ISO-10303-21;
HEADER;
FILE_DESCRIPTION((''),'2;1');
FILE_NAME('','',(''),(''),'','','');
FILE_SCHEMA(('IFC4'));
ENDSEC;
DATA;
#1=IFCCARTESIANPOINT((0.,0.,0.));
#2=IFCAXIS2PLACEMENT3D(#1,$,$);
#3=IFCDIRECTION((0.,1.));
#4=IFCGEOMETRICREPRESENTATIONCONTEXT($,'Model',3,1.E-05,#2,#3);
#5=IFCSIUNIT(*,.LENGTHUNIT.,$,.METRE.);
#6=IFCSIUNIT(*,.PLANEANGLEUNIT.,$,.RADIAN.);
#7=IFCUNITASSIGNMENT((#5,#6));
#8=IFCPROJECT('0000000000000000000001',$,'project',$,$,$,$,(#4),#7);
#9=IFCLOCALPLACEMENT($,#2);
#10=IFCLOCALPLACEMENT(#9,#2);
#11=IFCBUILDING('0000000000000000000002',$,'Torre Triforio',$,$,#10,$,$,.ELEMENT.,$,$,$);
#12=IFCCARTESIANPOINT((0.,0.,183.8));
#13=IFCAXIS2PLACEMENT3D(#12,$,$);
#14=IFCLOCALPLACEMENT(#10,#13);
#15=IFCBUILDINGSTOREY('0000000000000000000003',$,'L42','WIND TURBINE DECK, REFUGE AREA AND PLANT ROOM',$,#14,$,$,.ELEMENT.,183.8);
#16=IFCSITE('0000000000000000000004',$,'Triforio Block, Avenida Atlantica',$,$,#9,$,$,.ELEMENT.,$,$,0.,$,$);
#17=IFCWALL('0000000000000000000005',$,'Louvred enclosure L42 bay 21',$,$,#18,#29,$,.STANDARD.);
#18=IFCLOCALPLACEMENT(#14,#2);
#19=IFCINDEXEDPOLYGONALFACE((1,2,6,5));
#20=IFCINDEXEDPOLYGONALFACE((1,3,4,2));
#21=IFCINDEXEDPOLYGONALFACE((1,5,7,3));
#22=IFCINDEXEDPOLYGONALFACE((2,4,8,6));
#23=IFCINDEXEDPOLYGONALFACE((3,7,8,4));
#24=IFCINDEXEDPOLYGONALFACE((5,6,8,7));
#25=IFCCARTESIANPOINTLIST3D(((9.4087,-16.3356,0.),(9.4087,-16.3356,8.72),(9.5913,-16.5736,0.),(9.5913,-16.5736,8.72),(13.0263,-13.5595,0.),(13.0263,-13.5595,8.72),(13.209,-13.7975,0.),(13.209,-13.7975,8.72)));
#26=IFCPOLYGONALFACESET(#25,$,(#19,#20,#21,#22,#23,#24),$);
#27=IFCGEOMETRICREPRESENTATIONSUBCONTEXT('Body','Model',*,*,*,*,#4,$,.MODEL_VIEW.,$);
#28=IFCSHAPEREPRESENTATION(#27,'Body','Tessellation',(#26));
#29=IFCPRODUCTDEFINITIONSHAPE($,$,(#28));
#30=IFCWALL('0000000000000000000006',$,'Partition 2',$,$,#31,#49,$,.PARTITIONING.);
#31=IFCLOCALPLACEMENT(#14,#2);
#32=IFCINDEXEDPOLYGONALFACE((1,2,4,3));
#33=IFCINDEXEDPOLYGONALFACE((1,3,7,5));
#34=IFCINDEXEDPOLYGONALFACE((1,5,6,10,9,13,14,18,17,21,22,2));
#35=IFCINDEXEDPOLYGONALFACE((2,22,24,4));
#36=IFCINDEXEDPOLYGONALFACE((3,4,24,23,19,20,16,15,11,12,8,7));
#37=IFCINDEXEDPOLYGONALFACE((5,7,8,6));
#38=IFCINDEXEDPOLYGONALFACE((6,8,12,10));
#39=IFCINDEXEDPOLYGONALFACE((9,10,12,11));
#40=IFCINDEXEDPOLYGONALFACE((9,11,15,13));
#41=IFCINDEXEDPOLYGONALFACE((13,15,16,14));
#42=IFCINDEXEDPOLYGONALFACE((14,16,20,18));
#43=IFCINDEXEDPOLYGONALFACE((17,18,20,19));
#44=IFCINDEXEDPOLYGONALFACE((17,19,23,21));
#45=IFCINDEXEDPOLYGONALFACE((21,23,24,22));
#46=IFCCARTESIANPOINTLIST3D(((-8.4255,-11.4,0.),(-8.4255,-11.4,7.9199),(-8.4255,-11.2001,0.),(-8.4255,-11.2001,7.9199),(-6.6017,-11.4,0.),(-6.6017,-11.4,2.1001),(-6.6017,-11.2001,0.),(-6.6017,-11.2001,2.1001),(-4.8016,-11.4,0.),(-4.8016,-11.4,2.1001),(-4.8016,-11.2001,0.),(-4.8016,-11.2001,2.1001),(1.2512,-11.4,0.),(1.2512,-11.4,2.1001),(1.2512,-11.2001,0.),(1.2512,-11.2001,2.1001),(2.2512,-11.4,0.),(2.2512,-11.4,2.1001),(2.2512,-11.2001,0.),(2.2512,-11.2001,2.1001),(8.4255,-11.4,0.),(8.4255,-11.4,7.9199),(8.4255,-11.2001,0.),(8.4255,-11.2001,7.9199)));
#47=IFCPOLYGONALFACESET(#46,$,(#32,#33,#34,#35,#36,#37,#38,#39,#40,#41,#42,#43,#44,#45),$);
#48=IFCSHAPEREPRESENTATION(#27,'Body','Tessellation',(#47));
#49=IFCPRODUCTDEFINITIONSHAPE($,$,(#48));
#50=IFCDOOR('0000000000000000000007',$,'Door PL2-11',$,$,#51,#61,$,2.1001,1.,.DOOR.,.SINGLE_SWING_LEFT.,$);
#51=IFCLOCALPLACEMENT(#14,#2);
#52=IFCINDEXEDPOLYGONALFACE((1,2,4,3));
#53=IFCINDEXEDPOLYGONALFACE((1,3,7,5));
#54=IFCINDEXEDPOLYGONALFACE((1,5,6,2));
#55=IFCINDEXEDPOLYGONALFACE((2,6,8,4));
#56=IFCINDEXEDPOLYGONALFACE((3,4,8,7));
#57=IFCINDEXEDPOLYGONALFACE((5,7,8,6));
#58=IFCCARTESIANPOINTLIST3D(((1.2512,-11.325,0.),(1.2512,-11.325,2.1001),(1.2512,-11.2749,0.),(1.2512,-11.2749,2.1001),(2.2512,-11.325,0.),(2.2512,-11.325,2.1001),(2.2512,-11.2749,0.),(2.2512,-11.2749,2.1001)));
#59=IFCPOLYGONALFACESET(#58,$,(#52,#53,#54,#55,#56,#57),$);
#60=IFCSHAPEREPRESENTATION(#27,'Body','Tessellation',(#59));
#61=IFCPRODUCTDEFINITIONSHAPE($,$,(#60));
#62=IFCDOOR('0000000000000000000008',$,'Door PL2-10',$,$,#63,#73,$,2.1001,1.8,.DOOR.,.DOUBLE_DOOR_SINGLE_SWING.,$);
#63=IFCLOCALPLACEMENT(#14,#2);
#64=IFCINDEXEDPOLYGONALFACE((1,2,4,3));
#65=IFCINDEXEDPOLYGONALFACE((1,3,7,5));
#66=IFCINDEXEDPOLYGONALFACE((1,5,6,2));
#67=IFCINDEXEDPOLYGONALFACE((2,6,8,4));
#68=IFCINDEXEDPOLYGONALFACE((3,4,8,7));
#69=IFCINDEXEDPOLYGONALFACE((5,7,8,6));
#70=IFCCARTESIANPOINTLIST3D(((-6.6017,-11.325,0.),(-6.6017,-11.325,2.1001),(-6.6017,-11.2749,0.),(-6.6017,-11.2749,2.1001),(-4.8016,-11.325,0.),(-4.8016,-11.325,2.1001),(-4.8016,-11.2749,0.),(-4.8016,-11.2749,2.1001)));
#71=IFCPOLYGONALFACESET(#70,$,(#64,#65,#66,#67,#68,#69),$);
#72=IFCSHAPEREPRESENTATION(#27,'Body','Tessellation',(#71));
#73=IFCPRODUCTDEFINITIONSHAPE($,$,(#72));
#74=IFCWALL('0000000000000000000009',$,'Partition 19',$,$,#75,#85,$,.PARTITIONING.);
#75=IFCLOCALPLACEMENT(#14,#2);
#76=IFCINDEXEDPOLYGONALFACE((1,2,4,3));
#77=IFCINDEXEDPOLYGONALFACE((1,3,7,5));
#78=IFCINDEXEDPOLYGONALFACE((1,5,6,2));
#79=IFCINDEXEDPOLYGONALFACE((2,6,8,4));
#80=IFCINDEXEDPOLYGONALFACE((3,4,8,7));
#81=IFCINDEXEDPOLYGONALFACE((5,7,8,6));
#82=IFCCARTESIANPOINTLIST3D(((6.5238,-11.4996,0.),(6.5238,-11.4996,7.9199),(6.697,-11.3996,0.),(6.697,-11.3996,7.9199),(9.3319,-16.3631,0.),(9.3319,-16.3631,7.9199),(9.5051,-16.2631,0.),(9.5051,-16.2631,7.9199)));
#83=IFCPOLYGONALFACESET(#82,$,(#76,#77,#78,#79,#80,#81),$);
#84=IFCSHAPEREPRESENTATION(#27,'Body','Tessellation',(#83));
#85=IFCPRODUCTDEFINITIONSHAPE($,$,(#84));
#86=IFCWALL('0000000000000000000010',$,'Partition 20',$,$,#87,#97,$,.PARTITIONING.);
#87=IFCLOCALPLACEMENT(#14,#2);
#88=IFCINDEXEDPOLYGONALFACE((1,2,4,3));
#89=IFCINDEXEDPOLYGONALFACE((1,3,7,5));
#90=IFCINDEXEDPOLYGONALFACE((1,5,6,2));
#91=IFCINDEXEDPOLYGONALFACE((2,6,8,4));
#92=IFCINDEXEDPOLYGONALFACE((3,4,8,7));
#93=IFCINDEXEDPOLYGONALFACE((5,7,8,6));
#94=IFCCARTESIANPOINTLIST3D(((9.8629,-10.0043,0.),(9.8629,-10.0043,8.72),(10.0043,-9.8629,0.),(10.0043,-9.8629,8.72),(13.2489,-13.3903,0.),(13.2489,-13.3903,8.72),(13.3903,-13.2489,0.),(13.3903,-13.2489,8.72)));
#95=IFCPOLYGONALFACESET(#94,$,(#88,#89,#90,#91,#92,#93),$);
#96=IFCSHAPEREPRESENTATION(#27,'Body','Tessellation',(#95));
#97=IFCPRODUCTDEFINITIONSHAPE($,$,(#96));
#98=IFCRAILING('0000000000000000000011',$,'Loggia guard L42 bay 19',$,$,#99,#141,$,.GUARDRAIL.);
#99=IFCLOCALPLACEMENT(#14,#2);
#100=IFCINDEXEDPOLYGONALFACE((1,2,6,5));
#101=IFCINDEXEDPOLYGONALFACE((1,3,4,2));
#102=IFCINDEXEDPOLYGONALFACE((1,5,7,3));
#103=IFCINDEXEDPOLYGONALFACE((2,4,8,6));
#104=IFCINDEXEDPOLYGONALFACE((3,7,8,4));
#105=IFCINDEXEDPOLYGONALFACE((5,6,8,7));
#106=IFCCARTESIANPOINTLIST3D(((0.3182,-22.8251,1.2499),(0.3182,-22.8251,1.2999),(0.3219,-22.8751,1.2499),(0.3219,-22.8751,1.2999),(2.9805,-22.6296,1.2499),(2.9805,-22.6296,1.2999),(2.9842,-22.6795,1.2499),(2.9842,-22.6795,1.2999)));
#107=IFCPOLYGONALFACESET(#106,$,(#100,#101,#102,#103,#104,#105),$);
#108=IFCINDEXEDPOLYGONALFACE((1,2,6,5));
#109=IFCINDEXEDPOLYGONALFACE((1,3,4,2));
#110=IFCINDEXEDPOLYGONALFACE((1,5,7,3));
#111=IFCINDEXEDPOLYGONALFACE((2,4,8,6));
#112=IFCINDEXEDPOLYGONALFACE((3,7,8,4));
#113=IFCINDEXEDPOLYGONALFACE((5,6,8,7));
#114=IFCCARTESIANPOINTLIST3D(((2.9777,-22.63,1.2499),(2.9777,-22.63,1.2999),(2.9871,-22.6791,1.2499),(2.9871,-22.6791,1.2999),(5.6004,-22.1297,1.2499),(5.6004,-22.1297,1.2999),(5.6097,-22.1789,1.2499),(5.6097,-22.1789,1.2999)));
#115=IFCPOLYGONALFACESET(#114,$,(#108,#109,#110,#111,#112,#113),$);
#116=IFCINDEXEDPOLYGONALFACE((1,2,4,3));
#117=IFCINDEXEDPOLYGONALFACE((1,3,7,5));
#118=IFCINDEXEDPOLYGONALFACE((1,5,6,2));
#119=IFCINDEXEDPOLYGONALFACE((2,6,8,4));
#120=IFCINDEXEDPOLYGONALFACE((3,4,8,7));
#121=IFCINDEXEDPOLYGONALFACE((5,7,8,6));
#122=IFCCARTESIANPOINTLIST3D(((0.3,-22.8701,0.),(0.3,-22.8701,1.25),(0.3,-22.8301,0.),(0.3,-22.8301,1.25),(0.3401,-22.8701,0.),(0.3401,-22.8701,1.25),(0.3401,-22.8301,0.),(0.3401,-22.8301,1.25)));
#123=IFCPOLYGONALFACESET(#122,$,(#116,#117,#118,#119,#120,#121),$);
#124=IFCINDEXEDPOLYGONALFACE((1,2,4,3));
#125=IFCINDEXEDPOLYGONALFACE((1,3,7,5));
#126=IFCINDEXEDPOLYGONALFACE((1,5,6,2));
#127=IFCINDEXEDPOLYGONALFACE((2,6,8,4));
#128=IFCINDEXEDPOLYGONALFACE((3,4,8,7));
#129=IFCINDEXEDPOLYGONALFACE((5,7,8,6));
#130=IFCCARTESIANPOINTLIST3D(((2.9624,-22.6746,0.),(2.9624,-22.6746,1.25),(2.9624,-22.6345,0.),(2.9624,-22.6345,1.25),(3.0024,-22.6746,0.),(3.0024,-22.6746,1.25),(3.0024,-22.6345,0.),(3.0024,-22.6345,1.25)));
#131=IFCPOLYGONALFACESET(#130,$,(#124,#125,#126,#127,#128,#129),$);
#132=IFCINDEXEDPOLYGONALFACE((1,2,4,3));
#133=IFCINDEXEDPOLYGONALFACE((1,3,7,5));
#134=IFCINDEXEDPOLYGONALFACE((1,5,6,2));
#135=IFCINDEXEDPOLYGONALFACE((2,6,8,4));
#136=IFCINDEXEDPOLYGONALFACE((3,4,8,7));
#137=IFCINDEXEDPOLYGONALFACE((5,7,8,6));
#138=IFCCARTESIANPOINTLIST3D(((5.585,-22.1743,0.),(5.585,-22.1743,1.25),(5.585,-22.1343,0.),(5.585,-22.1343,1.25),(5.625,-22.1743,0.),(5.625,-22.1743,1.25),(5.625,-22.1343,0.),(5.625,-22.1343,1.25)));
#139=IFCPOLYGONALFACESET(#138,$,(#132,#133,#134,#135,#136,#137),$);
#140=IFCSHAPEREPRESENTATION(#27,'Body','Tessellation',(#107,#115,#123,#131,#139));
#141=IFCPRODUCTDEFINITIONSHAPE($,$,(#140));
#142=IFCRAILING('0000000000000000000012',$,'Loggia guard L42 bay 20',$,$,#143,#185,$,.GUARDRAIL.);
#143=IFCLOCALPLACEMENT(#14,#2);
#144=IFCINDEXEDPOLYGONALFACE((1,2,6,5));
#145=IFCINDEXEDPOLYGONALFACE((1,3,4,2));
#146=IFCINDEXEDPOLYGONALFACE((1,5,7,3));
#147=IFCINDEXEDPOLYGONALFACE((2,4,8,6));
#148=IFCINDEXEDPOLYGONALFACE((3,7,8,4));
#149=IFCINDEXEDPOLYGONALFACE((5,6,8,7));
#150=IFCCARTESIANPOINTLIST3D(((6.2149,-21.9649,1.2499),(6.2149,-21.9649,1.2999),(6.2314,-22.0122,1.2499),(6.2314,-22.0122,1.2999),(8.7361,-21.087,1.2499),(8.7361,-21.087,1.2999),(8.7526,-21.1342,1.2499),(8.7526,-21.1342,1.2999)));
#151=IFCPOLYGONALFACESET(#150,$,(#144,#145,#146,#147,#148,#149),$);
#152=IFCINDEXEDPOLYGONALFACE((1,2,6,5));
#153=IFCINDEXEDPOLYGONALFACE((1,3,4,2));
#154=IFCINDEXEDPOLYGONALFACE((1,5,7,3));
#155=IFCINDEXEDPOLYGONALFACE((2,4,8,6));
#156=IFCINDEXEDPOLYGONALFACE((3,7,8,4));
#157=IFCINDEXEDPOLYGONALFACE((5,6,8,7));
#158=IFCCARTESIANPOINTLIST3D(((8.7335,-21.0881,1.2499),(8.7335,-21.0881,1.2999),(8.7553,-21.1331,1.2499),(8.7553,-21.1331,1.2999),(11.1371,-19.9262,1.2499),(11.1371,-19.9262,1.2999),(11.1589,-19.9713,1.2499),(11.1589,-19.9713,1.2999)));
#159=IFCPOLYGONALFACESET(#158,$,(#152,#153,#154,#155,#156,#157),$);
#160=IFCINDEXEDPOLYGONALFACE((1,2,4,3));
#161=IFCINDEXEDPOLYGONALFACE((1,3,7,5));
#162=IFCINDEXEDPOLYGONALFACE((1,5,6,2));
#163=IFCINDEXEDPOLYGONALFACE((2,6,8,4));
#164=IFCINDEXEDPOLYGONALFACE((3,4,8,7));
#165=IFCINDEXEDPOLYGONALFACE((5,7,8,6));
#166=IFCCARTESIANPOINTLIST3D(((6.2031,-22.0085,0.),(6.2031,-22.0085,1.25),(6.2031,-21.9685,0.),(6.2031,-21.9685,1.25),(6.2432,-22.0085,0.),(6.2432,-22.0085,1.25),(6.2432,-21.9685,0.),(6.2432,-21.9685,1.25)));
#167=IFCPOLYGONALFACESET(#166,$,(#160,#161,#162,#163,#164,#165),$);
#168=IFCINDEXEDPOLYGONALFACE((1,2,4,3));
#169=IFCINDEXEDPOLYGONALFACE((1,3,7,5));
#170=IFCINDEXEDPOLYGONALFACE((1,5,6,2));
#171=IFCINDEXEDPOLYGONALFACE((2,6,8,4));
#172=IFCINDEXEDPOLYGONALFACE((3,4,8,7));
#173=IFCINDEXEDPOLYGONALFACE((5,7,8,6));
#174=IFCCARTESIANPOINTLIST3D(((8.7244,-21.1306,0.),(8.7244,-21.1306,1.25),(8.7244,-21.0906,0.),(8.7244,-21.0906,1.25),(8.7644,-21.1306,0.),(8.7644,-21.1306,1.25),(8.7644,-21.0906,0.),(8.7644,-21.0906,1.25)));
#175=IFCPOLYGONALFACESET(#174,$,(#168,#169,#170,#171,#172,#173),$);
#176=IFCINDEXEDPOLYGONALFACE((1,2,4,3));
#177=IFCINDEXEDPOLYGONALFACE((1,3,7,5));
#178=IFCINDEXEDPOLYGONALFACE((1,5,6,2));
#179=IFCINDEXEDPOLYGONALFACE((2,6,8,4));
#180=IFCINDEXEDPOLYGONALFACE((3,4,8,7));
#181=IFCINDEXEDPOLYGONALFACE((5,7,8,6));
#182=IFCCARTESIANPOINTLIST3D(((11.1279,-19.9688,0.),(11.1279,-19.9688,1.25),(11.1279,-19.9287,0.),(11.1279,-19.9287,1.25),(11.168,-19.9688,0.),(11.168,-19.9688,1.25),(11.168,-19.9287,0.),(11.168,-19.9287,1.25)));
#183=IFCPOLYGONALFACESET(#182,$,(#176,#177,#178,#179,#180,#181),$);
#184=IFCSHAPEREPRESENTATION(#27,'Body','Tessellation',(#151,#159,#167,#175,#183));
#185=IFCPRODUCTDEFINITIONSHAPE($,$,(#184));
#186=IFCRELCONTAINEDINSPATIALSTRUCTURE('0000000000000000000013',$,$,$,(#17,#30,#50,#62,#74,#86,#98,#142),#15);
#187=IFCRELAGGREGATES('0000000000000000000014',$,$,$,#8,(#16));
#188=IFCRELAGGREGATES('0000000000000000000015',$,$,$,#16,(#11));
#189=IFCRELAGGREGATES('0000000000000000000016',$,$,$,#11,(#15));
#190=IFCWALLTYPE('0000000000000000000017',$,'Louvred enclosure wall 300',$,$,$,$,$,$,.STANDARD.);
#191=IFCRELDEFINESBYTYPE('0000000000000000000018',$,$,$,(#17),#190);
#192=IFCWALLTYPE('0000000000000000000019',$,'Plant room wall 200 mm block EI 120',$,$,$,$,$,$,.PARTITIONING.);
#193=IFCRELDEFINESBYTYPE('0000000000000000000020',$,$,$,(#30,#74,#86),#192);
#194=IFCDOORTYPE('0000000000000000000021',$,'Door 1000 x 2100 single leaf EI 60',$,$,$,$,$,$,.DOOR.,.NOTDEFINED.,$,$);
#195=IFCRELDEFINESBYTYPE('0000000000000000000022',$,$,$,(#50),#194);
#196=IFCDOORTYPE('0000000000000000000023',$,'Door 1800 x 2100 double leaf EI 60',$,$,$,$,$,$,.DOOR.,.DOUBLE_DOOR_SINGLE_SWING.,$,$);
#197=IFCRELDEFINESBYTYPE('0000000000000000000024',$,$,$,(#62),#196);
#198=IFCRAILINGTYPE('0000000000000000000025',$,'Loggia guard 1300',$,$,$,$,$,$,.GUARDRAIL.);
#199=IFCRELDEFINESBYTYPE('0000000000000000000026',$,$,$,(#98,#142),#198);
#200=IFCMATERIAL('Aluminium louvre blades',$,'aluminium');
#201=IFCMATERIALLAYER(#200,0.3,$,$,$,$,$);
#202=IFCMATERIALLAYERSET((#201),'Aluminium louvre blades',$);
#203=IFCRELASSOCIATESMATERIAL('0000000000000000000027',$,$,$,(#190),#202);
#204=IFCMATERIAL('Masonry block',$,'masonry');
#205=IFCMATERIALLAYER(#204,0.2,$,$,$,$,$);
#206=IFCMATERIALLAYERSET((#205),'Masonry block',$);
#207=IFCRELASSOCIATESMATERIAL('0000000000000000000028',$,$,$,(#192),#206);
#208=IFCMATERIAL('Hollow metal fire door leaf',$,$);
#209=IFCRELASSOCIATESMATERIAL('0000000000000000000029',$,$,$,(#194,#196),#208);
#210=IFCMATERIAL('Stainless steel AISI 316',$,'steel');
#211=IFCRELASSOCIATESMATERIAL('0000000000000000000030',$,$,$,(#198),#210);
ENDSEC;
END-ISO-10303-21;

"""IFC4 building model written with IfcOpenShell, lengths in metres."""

from ifc_helpers import new_model, si_unit, direction, frame, frame_2d, origin, origin_2d, place, context, subcontext, project, spatial, rectangle, extrude, material, layer, layer_set, type_object, element, fill, save


model = new_model("IFC4")

# Units and contexts
model_context = context("Model", 3, precision=1e-05, world=origin(), true_north=direction((0.0, 1.0)))
body_context = subcontext(model_context, "Body", "Model", "MODEL_VIEW")
ifc_project = project(units=[si_unit("LENGTHUNIT", "METRE"), si_unit("PLANEANGLEUNIT", "RADIAN")], contexts=[model_context])

# Site, building, storey
site_placement = place(None, origin())
site = spatial("IfcSite", under=ifc_project, at=site_placement, Name="Triforio Block, Avenida Atlantica", CompositionType="ELEMENT", RefElevation=0.0)
building_placement = place(site_placement, origin())
building = spatial("IfcBuilding", under=site, at=building_placement, Name="Torre Triforio", CompositionType="ELEMENT")
storey_placement = place(building_placement, frame((0.0, 0.0, 183.8)))
storey = spatial("IfcBuildingStorey", under=building, at=storey_placement, Name="L42", Description="WIND TURBINE DECK, REFUGE AREA AND PLANT ROOM", CompositionType="ELEMENT", Elevation=183.8)

# Wall
ifc_material_1 = material(Name="Aluminium louvre blades", Category="aluminium")
ifc_layer_1 = layer(ifc_material_1, 0.3)
ifc_layer_set_1 = layer_set([ifc_layer_1], Name="Aluminium louvre blades")
wall_type_1 = type_object("IfcWallType", Name="Louvred enclosure wall 300", PredefinedType="STANDARD", material=ifc_layer_set_1)
wall_1_placement = place(storey_placement, frame((9.5, -16.4546, 0.0), z_axis=(0.0, 0.0, 1.0), x_axis=(0.793334, 0.608787, 0.0)))
element("IfcWall", 1, at=wall_1_placement, inside=storey, type_object=wall_type_1, Name="Louvred enclosure L42 bay 21", PredefinedType="STANDARD", context=body_context, shape_type="SweptSolid", body=[
    extrude(rectangle(XDim=4.5601, YDim=0.3, at=frame_2d((2.28, 0.0))), origin(), (0.0, 0.0, 1.0), 8.72),
])

# Wall, openings, doors
ifc_material_2 = material(Name="Masonry block", Category="masonry")
ifc_layer_2 = layer(ifc_material_2, 0.2)
ifc_layer_set_2 = layer_set([ifc_layer_2], Name="Masonry block")
wall_type_2 = type_object("IfcWallType", Name="Plant room wall 200 mm block EI 120", PredefinedType="PARTITIONING", material=ifc_layer_set_2)
wall_2_placement = place(storey_placement, frame((8.4255, -11.3, 0.0), z_axis=(0.0, 0.0, 1.0), x_axis=(-1.0, 0.0, 0.0)))
wall_2 = element("IfcWall", 2, at=wall_2_placement, inside=storey, type_object=wall_type_2, Name="Partition 2", PredefinedType="PARTITIONING", context=body_context, shape_type="SweptSolid", body=[
    extrude(rectangle(XDim=16.8511, YDim=0.2, at=frame_2d((8.4255, 0.0))), origin(), (0.0, 0.0, 1.0), 7.9199),
])
opening_1_placement = place(wall_2_placement, frame((13.2273, 0.0, 0.0)))
opening_1 = element("IfcOpeningElement", 3, at=opening_1_placement, cuts=wall_2, PredefinedType="OPENING", context=body_context, shape_type="SweptSolid", body=[
    extrude(rectangle(XDim=1.8, YDim=2.1001, at=frame_2d((0.8999, 1.05))), frame((0.0, 0.1099, 0.0), z_axis=(0.0, -1.0, 0.0), x_axis=(1.0, 0.0, 0.0)), (0.0, 0.0, 1.0), 0.22),
])
opening_2_placement = place(wall_2_placement, frame((6.1743, 0.0, 0.0)))
opening_2 = element("IfcOpeningElement", 4, at=opening_2_placement, cuts=wall_2, PredefinedType="OPENING", context=body_context, shape_type="SweptSolid", body=[
    extrude(rectangle(XDim=1.0, YDim=2.1001, at=frame_2d((0.5, 1.05))), frame((0.0, 0.1099, 0.0), z_axis=(0.0, -1.0, 0.0), x_axis=(1.0, 0.0, 0.0)), (0.0, 0.0, 1.0), 0.22),
])
ifc_material_3 = material(Name="Hollow metal fire door leaf")
door_type_1 = type_object("IfcDoorType", Name="Door 1000 x 2100 single leaf EI 60", OperationType="NOTDEFINED", PredefinedType="DOOR", material=ifc_material_3)
door_1_placement = place(opening_2_placement, origin())
door_1 = element("IfcDoor", 5, at=door_1_placement, inside=storey, type_object=door_type_1, Name="Door PL2-11", OperationType="SINGLE_SWING_LEFT", OverallHeight=2.1001, OverallWidth=1.0, PredefinedType="DOOR", context=body_context, shape_type="SweptSolid", body=[
    extrude(rectangle(XDim=1.0, YDim=2.1001, at=frame_2d((0.5, 1.05))), frame((0.0, 0.0249, 0.0), z_axis=(0.0, -1.0, 0.0), x_axis=(1.0, 0.0, 0.0)), (0.0, 0.0, 1.0), 0.05),
])
fill(opening_2, door_1)
door_type_2 = type_object("IfcDoorType", Name="Door 1800 x 2100 double leaf EI 60", OperationType="DOUBLE_DOOR_SINGLE_SWING", PredefinedType="DOOR", material=ifc_material_3)
door_2_placement = place(opening_1_placement, origin())
door_2 = element("IfcDoor", 6, at=door_2_placement, inside=storey, type_object=door_type_2, Name="Door PL2-10", OperationType="DOUBLE_DOOR_SINGLE_SWING", OverallHeight=2.1001, OverallWidth=1.8, PredefinedType="DOOR", context=body_context, shape_type="SweptSolid", body=[
    extrude(rectangle(XDim=1.8, YDim=2.1001, at=frame_2d((0.8999, 1.05))), frame((0.0, 0.0249, 0.0), z_axis=(0.0, -1.0, 0.0), x_axis=(1.0, 0.0, 0.0)), (0.0, 0.0, 1.0), 0.05),
])
fill(opening_1, door_2)

# Walls
wall_3_placement = place(storey_placement, frame((6.6104, -11.4495, 0.0), z_axis=(0.0, 0.0, 1.0), x_axis=(0.50002, -0.866014, 0.0)))
element("IfcWall", 7, at=wall_3_placement, inside=storey, type_object=wall_type_2, Name="Partition 19", PredefinedType="PARTITIONING", context=body_context, shape_type="SweptSolid", body=[
    extrude(rectangle(XDim=5.616, YDim=0.2, at=frame_2d((2.8081, 0.0))), origin(), (0.0, 0.0, 1.0), 7.9199),
])
wall_4_placement = place(storey_placement, frame((9.9336, -9.9336, 0.0), z_axis=(0.0, 0.0, 1.0), x_axis=(0.707107, -0.707107, 0.0)))
element("IfcWall", 8, at=wall_4_placement, inside=storey, type_object=wall_type_2, Name="Partition 20", PredefinedType="PARTITIONING", context=body_context, shape_type="SweptSolid", body=[
    extrude(rectangle(XDim=4.7886, YDim=0.2, at=frame_2d((2.3943, 0.0))), origin(), (0.0, 0.0, 1.0), 8.72),
])

# Railings
ifc_material_4 = material(Name="Stainless steel AISI 316", Category="steel")
railing_type = type_object("IfcRailingType", Name="Loggia guard 1300", PredefinedType="GUARDRAIL", material=ifc_material_4)
railing_1_placement = place(storey_placement, frame((0.3201, -22.8501, 0.0)))
element("IfcRailing", 9, at=railing_1_placement, inside=storey, type_object=railing_type, Name="Loggia guard L42 bay 19", PredefinedType="GUARDRAIL", context=body_context, shape_type="SweptSolid", body=[
    extrude(rectangle(XDim=0.05, YDim=0.05, at=origin_2d()), frame((0.0, 0.0, 1.2749), z_axis=(0.997313, 0.073255, 0.0), x_axis=(-0.073255, 0.997313, 0.0)), (0.0, 0.0, 1.0), 2.6694),
    extrude(rectangle(XDim=0.05, YDim=0.05, at=origin_2d()), frame((2.6624, 0.1956, 1.2749), z_axis=(0.98229, 0.187368, 0.0), x_axis=(-0.187368, 0.98229, 0.0)), (0.0, 0.0, 1.0), 2.6699),
    extrude(rectangle(XDim=0.04, YDim=0.04, at=origin_2d()), origin(), (0.0, 0.0, 1.0), 1.25),
    extrude(rectangle(XDim=0.04, YDim=0.04, at=origin_2d()), frame((2.6624, 0.1956, 0.0)), (0.0, 0.0, 1.0), 1.25),
    extrude(rectangle(XDim=0.04, YDim=0.04, at=origin_2d()), frame((5.2849, 0.6958, 0.0)), (0.0, 0.0, 1.0), 1.25),
])
railing_2_placement = place(storey_placement, frame((6.2231, -21.9885, 0.0)))
element("IfcRailing", 10, at=railing_2_placement, inside=storey, type_object=railing_type, Name="Loggia guard L42 bay 20", PredefinedType="GUARDRAIL", context=body_context, shape_type="SweptSolid", body=[
    extrude(rectangle(XDim=0.05, YDim=0.05, at=origin_2d()), frame((0.0, 0.0, 1.2749), z_axis=(0.944383, 0.328847, 0.0), x_axis=(-0.328847, 0.944383, 0.0)), (0.0, 0.0, 1.0), 2.6697),
    extrude(rectangle(XDim=0.05, YDim=0.05, at=origin_2d()), frame((2.5212, 0.8779, 1.2749), z_axis=(0.900328, 0.435212, 0.0), x_axis=(-0.435212, 0.900328, 0.0)), (0.0, 0.0, 1.0), 2.6697),
    extrude(rectangle(XDim=0.04, YDim=0.04, at=origin_2d()), origin(), (0.0, 0.0, 1.0), 1.25),
    extrude(rectangle(XDim=0.04, YDim=0.04, at=origin_2d()), frame((2.5212, 0.8779, 0.0)), (0.0, 0.0, 1.0), 1.25),
    extrude(rectangle(XDim=0.04, YDim=0.04, at=origin_2d()), frame((4.9248, 2.0398, 0.0)), (0.0, 0.0, 1.0), 1.25),
])

save(model, "model.ifc")
